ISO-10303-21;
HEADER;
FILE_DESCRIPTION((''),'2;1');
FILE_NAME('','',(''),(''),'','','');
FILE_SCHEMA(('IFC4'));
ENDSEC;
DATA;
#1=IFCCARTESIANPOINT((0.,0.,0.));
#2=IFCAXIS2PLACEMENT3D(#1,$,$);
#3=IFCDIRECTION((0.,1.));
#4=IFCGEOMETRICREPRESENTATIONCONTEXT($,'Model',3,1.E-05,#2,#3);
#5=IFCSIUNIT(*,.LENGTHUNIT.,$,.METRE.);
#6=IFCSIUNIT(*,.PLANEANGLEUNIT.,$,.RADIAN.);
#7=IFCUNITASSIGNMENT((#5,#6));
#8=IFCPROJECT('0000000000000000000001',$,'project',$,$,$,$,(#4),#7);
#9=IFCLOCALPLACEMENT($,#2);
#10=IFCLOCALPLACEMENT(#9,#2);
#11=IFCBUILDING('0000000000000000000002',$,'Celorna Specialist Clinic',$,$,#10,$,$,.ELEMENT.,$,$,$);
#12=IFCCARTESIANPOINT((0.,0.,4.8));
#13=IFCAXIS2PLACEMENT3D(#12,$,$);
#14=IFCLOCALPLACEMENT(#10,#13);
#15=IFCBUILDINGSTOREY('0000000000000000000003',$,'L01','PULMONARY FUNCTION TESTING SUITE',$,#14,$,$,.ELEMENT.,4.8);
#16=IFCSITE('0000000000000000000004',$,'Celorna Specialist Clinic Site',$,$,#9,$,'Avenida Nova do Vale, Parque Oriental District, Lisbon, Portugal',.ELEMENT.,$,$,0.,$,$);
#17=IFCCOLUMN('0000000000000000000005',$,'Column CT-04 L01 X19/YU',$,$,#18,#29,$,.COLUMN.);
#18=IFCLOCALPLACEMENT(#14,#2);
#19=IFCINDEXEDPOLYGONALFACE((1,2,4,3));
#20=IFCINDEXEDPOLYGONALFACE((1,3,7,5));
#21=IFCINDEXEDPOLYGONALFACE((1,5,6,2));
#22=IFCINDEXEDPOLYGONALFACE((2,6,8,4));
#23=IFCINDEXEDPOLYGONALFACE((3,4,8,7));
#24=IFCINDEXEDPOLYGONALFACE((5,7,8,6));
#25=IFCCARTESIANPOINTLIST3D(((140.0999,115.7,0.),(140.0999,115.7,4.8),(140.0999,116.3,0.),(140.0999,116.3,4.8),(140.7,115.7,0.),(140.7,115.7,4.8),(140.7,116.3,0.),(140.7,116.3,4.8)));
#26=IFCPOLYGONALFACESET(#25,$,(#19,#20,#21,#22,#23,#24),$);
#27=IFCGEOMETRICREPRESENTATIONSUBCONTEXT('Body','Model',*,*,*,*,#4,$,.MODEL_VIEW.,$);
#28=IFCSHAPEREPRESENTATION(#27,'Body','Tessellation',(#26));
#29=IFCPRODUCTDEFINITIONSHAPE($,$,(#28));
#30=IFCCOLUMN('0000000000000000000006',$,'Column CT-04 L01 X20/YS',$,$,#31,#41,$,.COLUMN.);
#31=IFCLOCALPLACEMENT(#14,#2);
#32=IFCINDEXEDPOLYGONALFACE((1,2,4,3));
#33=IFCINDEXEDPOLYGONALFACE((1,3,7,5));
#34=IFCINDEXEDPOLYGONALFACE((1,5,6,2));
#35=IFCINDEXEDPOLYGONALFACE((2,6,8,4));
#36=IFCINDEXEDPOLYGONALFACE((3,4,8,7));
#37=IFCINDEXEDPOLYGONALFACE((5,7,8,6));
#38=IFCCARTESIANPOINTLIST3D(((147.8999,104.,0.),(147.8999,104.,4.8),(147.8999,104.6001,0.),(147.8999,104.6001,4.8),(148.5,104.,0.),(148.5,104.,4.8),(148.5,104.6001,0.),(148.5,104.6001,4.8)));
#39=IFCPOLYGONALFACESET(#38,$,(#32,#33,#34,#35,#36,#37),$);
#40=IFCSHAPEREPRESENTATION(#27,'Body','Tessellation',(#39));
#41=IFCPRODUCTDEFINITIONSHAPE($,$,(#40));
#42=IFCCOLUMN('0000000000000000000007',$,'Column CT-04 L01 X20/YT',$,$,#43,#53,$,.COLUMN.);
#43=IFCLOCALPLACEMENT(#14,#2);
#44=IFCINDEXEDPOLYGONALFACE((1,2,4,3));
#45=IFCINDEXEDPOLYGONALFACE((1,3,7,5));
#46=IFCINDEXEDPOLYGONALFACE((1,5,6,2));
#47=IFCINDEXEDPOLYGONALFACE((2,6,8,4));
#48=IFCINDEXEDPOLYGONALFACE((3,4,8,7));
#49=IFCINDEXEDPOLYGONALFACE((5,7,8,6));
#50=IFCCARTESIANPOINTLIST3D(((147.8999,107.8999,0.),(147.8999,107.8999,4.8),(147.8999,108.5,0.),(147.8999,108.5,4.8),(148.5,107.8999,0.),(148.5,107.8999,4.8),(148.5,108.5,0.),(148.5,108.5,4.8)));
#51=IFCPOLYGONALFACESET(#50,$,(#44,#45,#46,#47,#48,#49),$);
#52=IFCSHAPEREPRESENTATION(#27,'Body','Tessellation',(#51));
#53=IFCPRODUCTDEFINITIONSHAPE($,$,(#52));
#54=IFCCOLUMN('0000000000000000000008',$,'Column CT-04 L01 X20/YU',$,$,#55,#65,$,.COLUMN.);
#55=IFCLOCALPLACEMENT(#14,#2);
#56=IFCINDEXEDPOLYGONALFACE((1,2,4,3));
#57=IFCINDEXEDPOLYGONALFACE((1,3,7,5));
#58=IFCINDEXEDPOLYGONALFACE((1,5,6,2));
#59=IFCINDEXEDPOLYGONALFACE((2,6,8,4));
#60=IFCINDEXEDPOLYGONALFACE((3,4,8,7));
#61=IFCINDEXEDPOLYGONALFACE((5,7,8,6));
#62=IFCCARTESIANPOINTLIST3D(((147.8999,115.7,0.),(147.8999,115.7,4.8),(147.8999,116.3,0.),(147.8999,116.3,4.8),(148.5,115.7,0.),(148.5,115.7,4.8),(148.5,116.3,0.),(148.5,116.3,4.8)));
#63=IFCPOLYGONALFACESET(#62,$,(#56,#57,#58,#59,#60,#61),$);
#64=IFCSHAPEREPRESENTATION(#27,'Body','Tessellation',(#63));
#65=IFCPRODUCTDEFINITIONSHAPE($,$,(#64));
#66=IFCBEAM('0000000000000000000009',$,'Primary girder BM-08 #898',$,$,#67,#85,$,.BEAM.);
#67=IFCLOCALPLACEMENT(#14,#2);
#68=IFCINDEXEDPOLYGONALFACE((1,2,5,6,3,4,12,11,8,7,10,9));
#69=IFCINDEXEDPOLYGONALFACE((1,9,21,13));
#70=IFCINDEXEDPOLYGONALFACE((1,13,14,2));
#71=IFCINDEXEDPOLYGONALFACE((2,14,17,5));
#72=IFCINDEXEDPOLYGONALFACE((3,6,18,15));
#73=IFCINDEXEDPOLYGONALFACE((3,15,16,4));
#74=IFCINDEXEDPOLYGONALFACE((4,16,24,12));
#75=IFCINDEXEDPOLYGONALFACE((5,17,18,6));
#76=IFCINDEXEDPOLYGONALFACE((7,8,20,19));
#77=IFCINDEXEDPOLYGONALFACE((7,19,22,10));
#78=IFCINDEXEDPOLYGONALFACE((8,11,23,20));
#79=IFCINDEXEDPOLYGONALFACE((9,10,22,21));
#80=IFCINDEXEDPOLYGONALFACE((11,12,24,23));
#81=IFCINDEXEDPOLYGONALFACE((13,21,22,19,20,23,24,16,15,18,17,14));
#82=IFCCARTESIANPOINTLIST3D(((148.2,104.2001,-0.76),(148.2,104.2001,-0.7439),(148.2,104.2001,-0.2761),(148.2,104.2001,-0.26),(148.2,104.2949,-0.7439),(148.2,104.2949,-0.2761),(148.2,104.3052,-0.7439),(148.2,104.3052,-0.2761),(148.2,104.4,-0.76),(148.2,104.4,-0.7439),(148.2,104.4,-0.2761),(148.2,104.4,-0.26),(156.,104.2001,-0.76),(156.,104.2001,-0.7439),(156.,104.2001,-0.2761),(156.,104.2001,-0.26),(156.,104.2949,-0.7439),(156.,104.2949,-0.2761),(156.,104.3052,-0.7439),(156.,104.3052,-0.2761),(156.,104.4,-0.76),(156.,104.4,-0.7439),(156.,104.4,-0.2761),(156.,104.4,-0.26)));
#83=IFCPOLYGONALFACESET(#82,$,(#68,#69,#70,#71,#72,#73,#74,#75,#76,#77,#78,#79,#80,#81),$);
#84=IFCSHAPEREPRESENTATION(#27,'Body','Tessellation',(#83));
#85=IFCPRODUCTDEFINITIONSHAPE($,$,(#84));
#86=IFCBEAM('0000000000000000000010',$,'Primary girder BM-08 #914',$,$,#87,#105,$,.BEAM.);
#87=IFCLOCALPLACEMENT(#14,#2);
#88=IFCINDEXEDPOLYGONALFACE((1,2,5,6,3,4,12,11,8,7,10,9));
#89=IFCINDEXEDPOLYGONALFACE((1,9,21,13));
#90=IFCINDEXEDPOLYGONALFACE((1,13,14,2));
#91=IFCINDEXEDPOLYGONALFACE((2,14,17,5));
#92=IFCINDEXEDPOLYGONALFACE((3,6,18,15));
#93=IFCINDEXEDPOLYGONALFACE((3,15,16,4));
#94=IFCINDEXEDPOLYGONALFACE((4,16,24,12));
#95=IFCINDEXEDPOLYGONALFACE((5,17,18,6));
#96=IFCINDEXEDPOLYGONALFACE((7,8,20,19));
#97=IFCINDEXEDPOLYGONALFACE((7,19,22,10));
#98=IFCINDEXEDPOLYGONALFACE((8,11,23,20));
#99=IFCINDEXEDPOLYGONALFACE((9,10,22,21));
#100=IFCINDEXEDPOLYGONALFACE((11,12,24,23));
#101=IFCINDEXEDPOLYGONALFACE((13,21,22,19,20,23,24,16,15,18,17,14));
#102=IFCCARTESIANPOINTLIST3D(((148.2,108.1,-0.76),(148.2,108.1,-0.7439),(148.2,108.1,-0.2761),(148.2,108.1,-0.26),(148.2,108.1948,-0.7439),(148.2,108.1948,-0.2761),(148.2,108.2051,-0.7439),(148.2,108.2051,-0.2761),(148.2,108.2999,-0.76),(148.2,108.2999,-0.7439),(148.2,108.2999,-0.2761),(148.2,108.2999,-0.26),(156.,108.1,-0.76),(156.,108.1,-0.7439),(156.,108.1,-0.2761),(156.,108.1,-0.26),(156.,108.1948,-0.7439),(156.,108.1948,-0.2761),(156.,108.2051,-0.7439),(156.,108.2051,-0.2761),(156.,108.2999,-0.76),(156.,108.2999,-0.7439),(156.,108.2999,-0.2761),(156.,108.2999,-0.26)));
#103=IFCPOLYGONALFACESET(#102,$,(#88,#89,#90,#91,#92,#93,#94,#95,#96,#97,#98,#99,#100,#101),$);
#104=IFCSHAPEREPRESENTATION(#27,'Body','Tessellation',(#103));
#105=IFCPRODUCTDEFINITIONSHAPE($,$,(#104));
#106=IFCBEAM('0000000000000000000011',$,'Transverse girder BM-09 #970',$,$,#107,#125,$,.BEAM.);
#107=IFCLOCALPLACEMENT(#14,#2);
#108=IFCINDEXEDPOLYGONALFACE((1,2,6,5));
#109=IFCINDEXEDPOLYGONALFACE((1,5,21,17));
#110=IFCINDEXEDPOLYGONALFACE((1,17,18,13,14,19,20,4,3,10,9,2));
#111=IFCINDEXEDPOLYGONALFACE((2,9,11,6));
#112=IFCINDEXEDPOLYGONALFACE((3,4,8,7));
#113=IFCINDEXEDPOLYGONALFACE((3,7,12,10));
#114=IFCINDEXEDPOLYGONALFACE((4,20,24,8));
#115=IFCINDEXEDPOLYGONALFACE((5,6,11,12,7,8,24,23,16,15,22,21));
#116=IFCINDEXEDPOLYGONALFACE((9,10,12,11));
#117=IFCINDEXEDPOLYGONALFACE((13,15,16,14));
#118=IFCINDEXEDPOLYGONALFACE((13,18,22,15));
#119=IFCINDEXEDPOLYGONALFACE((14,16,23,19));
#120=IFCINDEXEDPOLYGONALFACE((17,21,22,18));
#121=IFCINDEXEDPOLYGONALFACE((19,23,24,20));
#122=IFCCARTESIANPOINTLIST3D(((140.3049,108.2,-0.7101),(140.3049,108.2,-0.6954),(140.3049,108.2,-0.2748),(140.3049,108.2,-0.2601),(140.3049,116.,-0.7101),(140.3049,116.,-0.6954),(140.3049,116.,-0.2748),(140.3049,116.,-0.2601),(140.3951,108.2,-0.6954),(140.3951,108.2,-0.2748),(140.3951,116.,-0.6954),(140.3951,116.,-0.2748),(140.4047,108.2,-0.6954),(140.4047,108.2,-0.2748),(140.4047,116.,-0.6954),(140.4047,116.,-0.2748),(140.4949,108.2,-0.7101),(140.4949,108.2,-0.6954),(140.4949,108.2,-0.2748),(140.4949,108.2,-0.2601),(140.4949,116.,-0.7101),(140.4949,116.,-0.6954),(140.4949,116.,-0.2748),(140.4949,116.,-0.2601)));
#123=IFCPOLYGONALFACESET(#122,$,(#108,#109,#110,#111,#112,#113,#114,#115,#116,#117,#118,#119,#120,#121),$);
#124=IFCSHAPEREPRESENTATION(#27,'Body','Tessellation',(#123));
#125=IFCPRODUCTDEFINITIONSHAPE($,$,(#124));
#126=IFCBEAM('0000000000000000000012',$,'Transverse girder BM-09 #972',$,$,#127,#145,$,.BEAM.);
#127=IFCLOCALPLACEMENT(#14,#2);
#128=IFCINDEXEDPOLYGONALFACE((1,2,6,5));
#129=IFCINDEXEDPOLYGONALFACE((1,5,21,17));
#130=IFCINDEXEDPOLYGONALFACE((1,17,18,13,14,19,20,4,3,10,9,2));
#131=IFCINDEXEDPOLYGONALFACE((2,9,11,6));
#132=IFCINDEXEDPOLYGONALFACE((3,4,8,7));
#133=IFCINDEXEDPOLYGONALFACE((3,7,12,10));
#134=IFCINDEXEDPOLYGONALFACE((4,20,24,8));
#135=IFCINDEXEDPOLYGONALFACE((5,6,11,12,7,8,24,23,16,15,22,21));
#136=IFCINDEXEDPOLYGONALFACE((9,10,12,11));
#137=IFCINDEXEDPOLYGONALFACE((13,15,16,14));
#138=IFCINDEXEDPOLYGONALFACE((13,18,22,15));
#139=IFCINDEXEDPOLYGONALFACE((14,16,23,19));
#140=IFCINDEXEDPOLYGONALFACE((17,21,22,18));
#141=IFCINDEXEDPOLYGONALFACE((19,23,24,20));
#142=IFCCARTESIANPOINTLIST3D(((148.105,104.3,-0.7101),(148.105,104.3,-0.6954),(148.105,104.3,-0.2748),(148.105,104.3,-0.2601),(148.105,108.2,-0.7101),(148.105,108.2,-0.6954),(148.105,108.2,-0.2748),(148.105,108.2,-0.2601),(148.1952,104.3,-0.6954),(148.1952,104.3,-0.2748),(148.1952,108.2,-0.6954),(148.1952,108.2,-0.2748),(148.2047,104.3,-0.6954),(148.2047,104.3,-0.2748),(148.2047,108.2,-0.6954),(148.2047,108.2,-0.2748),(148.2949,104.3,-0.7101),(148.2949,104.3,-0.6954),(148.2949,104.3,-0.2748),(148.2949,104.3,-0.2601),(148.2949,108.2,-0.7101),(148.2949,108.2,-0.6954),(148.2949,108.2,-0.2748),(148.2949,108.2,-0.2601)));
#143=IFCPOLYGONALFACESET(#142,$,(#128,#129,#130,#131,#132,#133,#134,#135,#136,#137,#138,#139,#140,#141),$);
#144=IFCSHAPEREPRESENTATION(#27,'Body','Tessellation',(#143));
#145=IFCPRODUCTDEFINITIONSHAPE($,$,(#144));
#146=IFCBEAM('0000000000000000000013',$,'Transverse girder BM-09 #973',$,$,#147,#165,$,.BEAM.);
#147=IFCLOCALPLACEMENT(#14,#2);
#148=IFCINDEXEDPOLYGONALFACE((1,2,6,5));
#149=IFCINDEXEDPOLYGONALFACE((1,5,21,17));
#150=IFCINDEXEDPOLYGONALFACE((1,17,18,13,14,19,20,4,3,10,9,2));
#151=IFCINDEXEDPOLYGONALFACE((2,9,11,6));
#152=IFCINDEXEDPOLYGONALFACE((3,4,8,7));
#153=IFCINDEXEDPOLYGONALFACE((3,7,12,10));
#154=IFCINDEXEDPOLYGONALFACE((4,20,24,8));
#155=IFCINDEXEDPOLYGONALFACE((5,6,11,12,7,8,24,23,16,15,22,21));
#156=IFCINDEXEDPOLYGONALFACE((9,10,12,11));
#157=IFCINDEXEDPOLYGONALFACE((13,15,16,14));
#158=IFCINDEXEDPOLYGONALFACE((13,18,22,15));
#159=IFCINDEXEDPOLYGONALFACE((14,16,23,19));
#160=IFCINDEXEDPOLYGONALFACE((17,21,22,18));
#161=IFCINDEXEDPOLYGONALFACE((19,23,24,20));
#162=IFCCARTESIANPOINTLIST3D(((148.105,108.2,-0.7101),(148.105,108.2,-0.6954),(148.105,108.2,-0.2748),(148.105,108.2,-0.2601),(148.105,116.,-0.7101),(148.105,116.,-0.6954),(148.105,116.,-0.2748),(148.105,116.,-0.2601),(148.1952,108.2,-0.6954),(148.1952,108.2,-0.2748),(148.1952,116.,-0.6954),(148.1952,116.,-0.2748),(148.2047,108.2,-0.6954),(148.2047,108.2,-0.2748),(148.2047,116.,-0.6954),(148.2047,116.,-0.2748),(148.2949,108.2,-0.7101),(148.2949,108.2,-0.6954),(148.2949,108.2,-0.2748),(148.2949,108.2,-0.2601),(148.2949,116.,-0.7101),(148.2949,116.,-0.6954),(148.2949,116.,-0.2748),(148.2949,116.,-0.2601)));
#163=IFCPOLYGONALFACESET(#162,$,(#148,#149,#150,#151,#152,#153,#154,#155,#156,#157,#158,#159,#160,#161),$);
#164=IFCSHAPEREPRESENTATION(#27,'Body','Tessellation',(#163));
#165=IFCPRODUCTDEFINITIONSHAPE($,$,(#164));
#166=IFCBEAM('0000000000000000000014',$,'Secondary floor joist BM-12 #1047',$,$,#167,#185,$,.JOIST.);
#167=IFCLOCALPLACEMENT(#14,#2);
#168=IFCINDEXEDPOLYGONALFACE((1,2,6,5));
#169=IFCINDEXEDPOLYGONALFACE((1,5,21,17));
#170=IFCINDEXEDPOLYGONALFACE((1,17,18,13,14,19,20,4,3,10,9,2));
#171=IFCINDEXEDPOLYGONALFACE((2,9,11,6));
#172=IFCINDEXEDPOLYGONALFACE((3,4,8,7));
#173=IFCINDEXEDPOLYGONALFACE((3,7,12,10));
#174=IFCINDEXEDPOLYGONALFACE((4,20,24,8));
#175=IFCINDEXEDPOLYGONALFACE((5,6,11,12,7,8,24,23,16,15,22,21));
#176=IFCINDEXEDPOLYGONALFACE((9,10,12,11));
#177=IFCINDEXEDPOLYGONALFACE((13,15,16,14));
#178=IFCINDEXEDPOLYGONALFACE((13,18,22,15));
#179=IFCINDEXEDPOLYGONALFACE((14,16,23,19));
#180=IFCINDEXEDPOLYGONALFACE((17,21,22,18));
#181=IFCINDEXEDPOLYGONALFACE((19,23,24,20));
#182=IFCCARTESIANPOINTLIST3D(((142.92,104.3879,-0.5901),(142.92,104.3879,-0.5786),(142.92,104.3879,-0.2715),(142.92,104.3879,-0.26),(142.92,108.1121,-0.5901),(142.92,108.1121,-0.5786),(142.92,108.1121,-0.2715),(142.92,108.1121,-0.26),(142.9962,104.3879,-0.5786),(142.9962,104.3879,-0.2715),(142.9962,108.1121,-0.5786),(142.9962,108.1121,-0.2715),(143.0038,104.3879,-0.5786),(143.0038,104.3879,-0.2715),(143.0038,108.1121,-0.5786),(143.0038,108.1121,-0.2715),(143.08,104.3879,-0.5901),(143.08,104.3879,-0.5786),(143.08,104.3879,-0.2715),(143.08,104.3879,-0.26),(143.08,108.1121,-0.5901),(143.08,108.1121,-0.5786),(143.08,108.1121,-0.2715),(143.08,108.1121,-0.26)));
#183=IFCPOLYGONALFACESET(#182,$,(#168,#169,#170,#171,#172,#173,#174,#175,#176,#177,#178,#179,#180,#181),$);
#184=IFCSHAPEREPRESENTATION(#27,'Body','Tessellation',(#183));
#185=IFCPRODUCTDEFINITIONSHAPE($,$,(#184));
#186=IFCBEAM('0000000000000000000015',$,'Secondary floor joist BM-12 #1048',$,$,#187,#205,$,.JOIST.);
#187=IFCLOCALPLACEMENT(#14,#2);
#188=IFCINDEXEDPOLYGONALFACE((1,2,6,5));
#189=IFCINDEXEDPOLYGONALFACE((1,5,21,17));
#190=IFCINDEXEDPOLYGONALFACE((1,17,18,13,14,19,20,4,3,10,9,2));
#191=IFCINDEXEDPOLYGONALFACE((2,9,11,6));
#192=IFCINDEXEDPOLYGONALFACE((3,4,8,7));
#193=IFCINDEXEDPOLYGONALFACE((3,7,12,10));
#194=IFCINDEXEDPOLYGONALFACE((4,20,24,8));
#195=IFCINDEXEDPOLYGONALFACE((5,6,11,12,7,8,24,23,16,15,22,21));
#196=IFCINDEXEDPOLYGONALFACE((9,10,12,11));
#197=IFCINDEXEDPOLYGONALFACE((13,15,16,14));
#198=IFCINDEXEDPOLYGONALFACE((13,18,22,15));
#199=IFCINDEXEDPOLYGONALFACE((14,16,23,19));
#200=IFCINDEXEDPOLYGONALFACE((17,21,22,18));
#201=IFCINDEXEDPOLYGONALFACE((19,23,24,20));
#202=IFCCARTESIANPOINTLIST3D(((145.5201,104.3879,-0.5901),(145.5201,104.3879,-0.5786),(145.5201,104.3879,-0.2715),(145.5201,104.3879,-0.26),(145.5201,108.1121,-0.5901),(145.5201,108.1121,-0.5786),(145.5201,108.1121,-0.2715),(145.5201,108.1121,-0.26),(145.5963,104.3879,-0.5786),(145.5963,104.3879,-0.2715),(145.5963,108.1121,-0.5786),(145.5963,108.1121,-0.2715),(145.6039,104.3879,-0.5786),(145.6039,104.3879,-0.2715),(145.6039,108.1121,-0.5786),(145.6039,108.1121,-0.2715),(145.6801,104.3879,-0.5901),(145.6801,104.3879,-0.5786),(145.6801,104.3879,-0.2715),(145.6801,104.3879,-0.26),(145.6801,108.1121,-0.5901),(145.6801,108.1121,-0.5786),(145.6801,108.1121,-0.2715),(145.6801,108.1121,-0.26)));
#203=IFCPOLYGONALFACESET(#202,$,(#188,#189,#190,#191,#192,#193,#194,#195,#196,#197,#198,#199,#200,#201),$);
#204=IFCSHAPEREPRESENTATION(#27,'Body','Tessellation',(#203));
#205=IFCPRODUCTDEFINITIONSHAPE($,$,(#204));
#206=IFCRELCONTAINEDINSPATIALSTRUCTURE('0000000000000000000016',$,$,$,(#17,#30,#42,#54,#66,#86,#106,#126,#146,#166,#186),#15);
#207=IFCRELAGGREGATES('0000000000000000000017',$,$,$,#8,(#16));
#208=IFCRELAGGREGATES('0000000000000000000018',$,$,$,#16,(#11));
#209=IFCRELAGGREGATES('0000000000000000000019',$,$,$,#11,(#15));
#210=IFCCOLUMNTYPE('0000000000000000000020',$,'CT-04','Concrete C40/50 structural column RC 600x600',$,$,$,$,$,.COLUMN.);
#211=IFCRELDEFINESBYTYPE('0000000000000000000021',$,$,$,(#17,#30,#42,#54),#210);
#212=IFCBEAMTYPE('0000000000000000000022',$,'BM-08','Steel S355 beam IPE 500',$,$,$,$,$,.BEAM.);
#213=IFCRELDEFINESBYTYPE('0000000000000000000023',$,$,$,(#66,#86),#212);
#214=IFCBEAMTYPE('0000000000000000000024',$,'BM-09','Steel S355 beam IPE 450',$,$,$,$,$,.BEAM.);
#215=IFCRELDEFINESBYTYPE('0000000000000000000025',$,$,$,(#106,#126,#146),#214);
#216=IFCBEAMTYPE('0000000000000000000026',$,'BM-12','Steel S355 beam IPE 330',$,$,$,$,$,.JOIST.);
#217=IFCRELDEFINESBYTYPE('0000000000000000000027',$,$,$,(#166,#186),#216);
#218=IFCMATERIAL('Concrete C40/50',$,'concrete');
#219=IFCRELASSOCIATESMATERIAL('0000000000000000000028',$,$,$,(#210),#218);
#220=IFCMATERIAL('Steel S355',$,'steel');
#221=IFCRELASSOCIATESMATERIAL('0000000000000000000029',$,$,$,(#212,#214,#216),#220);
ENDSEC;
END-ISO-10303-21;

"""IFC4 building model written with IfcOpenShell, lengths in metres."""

from ifc_helpers import new_model, si_unit, direction, frame, origin, origin_2d, place, context, subcontext, project, spatial, rectangle, i_section, extrude, material, material_profile, profile_set, type_object, element, save


model = new_model("IFC4")

# Units and contexts
model_context = context("Model", 3, precision=1e-05, world=origin(), true_north=direction((0.0, 1.0)))
body_context = subcontext(model_context, "Body", "Model", "MODEL_VIEW")
ifc_project = project(units=[si_unit("LENGTHUNIT", "METRE"), si_unit("PLANEANGLEUNIT", "RADIAN")], contexts=[model_context])

# Site, building, storey
site_placement = place(None, origin())
site = spatial("IfcSite", under=ifc_project, at=site_placement, Name="Celorna Specialist Clinic Site", LongName="Avenida Nova do Vale, Parque Oriental District, Lisbon, Portugal", CompositionType="ELEMENT", RefElevation=0.0)
building_placement = place(site_placement, origin())
building = spatial("IfcBuilding", under=site, at=building_placement, Name="Celorna Specialist Clinic", CompositionType="ELEMENT")
storey_placement = place(building_placement, frame((0.0, 0.0, 4.8)))
storey = spatial("IfcBuildingStorey", under=building, at=storey_placement, Name="L01", Description="PULMONARY FUNCTION TESTING SUITE", CompositionType="ELEMENT", Elevation=4.8)

# Columns
ifc_material_1 = material(Name="Concrete C40/50", Category="concrete")
ifc_material_profile_1 = material_profile(ifc_material_1, rectangle(XDim=0.6001, YDim=0.6001, at=origin_2d()), Name="RC 600x600")
ifc_profile_set_1 = profile_set([ifc_material_profile_1], Name="Concrete C40/50")
column_type = type_object("IfcColumnType", Name="CT-04", Description="Concrete C40/50 structural column RC 600x600", PredefinedType="COLUMN", material=ifc_profile_set_1)
for number, where, z_axis, x_axis, name in (
    (1, (140.3999, 116.0, 0.0), (0.0, 0.0, 1.0), (1.0, 0.0, 0.0), "Column CT-04 L01 X19/YU"),
    (2, (148.2, 104.3, 0.0), (0.0, 0.0, 1.0), (1.0, 0.0, 0.0), "Column CT-04 L01 X20/YS"),
    (3, (148.2, 108.2, 0.0), (0.0, 0.0, 1.0), (1.0, 0.0, 0.0), "Column CT-04 L01 X20/YT"),
    (4, (148.2, 116.0, 0.0), (0.0, 0.0, 1.0), (1.0, 0.0, 0.0), "Column CT-04 L01 X20/YU"),
):
    element("IfcColumn", number, at=place(storey_placement, frame(where, z_axis=z_axis, x_axis=x_axis)), inside=storey, type_object=column_type, Name=name, PredefinedType="COLUMN", context=body_context, shape_type="SweptSolid", body=[
        extrude(rectangle(XDim=0.6001, YDim=0.6001, at=origin_2d()), origin(), (0.0, 0.0, 1.0), 4.8),
    ])

# Beams
ifc_material_2 = material(Name="Steel S355", Category="steel")
ifc_material_profile_2 = material_profile(ifc_material_2, i_section(OverallWidth=0.2, OverallDepth=0.5, WebThickness=0.0103, FlangeThickness=0.0161, at=origin_2d()), Name="IPE 500")
ifc_profile_set_2 = profile_set([ifc_material_profile_2], Name="Steel S355")
beam_type_1 = type_object("IfcBeamType", Name="BM-08", Description="Steel S355 beam IPE 500", PredefinedType="BEAM", material=ifc_profile_set_2)
for number, where, z_axis, x_axis, name in (
    (5, (148.2, 104.3, -0.51), (1.0, 0.0, 0.0), (0.0, 1.0, 0.0), "Primary girder BM-08 #898"),
    (6, (148.2, 108.2, -0.51), (1.0, 0.0, 0.0), (0.0, 1.0, 0.0), "Primary girder BM-08 #914"),
):
    element("IfcBeam", number, at=place(storey_placement, frame(where, z_axis=z_axis, x_axis=x_axis)), inside=storey, type_object=beam_type_1, Name=name, PredefinedType="BEAM", context=body_context, shape_type="SweptSolid", body=[
        extrude(i_section(OverallWidth=0.2, OverallDepth=0.5, WebThickness=0.0103, FlangeThickness=0.0161, at=origin_2d()), origin(), (0.0, 0.0, 1.0), 7.8),
    ])
ifc_material_profile_3 = material_profile(ifc_material_2, i_section(OverallWidth=0.1899, OverallDepth=0.45, WebThickness=0.0095, FlangeThickness=0.0146, at=origin_2d()), Name="IPE 450")
ifc_profile_set_3 = profile_set([ifc_material_profile_3], Name="Steel S355")
beam_type_2 = type_object("IfcBeamType", Name="BM-09", Description="Steel S355 beam IPE 450", PredefinedType="BEAM", material=ifc_profile_set_3)
beam_1_placement = place(storey_placement, frame((140.3999, 108.2, -0.4851), z_axis=(0.0, 1.0, 0.0), x_axis=(-1.0, 0.0, 0.0)))
element("IfcBeam", 7, at=beam_1_placement, inside=storey, type_object=beam_type_2, Name="Transverse girder BM-09 #970", PredefinedType="BEAM", context=body_context, shape_type="SweptSolid", body=[
    extrude(i_section(OverallWidth=0.1899, OverallDepth=0.45, WebThickness=0.0095, FlangeThickness=0.0146, at=origin_2d()), origin(), (0.0, 0.0, 1.0), 7.8),
])
beam_2_placement = place(storey_placement, frame((148.2, 104.3, -0.4851), z_axis=(0.0, 1.0, 0.0), x_axis=(-1.0, 0.0, 0.0)))
element("IfcBeam", 8, at=beam_2_placement, inside=storey, type_object=beam_type_2, Name="Transverse girder BM-09 #972", PredefinedType="BEAM", context=body_context, shape_type="SweptSolid", body=[
    extrude(i_section(OverallWidth=0.1899, OverallDepth=0.45, WebThickness=0.0095, FlangeThickness=0.0146, at=origin_2d()), origin(), (0.0, 0.0, 1.0), 3.8999),
])
beam_3_placement = place(storey_placement, frame((148.2, 108.2, -0.4851), z_axis=(0.0, 1.0, 0.0), x_axis=(-1.0, 0.0, 0.0)))
element("IfcBeam", 9, at=beam_3_placement, inside=storey, type_object=beam_type_2, Name="Transverse girder BM-09 #973", PredefinedType="BEAM", context=body_context, shape_type="SweptSolid", body=[
    extrude(i_section(OverallWidth=0.1899, OverallDepth=0.45, WebThickness=0.0095, FlangeThickness=0.0146, at=origin_2d()), origin(), (0.0, 0.0, 1.0), 7.8),
])
ifc_material_profile_4 = material_profile(ifc_material_2, i_section(OverallWidth=0.1599, OverallDepth=0.3301, WebThickness=0.0076, FlangeThickness=0.0115, at=origin_2d()), Name="IPE 330")
ifc_profile_set_4 = profile_set([ifc_material_profile_4], Name="Steel S355")
beam_type_3 = type_object("IfcBeamType", Name="BM-12", Description="Steel S355 beam IPE 330", PredefinedType="JOIST", material=ifc_profile_set_4)
for number, where, z_axis, x_axis, name in (
    (10, (143.0, 104.3879, -0.425), (0.0, 1.0, 0.0), (-1.0, 0.0, 0.0), "Secondary floor joist BM-12 #1047"),
    (11, (145.6001, 104.3879, -0.425), (0.0, 1.0, 0.0), (-1.0, 0.0, 0.0), "Secondary floor joist BM-12 #1048"),
):
    element("IfcBeam", number, at=place(storey_placement, frame(where, z_axis=z_axis, x_axis=x_axis)), inside=storey, type_object=beam_type_3, Name=name, PredefinedType="JOIST", context=body_context, shape_type="SweptSolid", body=[
        extrude(i_section(OverallWidth=0.1599, OverallDepth=0.3301, WebThickness=0.0076, FlangeThickness=0.0115, at=origin_2d()), origin(), (0.0, 0.0, 1.0), 3.7241),
    ])

save(model, "model.ifc")
